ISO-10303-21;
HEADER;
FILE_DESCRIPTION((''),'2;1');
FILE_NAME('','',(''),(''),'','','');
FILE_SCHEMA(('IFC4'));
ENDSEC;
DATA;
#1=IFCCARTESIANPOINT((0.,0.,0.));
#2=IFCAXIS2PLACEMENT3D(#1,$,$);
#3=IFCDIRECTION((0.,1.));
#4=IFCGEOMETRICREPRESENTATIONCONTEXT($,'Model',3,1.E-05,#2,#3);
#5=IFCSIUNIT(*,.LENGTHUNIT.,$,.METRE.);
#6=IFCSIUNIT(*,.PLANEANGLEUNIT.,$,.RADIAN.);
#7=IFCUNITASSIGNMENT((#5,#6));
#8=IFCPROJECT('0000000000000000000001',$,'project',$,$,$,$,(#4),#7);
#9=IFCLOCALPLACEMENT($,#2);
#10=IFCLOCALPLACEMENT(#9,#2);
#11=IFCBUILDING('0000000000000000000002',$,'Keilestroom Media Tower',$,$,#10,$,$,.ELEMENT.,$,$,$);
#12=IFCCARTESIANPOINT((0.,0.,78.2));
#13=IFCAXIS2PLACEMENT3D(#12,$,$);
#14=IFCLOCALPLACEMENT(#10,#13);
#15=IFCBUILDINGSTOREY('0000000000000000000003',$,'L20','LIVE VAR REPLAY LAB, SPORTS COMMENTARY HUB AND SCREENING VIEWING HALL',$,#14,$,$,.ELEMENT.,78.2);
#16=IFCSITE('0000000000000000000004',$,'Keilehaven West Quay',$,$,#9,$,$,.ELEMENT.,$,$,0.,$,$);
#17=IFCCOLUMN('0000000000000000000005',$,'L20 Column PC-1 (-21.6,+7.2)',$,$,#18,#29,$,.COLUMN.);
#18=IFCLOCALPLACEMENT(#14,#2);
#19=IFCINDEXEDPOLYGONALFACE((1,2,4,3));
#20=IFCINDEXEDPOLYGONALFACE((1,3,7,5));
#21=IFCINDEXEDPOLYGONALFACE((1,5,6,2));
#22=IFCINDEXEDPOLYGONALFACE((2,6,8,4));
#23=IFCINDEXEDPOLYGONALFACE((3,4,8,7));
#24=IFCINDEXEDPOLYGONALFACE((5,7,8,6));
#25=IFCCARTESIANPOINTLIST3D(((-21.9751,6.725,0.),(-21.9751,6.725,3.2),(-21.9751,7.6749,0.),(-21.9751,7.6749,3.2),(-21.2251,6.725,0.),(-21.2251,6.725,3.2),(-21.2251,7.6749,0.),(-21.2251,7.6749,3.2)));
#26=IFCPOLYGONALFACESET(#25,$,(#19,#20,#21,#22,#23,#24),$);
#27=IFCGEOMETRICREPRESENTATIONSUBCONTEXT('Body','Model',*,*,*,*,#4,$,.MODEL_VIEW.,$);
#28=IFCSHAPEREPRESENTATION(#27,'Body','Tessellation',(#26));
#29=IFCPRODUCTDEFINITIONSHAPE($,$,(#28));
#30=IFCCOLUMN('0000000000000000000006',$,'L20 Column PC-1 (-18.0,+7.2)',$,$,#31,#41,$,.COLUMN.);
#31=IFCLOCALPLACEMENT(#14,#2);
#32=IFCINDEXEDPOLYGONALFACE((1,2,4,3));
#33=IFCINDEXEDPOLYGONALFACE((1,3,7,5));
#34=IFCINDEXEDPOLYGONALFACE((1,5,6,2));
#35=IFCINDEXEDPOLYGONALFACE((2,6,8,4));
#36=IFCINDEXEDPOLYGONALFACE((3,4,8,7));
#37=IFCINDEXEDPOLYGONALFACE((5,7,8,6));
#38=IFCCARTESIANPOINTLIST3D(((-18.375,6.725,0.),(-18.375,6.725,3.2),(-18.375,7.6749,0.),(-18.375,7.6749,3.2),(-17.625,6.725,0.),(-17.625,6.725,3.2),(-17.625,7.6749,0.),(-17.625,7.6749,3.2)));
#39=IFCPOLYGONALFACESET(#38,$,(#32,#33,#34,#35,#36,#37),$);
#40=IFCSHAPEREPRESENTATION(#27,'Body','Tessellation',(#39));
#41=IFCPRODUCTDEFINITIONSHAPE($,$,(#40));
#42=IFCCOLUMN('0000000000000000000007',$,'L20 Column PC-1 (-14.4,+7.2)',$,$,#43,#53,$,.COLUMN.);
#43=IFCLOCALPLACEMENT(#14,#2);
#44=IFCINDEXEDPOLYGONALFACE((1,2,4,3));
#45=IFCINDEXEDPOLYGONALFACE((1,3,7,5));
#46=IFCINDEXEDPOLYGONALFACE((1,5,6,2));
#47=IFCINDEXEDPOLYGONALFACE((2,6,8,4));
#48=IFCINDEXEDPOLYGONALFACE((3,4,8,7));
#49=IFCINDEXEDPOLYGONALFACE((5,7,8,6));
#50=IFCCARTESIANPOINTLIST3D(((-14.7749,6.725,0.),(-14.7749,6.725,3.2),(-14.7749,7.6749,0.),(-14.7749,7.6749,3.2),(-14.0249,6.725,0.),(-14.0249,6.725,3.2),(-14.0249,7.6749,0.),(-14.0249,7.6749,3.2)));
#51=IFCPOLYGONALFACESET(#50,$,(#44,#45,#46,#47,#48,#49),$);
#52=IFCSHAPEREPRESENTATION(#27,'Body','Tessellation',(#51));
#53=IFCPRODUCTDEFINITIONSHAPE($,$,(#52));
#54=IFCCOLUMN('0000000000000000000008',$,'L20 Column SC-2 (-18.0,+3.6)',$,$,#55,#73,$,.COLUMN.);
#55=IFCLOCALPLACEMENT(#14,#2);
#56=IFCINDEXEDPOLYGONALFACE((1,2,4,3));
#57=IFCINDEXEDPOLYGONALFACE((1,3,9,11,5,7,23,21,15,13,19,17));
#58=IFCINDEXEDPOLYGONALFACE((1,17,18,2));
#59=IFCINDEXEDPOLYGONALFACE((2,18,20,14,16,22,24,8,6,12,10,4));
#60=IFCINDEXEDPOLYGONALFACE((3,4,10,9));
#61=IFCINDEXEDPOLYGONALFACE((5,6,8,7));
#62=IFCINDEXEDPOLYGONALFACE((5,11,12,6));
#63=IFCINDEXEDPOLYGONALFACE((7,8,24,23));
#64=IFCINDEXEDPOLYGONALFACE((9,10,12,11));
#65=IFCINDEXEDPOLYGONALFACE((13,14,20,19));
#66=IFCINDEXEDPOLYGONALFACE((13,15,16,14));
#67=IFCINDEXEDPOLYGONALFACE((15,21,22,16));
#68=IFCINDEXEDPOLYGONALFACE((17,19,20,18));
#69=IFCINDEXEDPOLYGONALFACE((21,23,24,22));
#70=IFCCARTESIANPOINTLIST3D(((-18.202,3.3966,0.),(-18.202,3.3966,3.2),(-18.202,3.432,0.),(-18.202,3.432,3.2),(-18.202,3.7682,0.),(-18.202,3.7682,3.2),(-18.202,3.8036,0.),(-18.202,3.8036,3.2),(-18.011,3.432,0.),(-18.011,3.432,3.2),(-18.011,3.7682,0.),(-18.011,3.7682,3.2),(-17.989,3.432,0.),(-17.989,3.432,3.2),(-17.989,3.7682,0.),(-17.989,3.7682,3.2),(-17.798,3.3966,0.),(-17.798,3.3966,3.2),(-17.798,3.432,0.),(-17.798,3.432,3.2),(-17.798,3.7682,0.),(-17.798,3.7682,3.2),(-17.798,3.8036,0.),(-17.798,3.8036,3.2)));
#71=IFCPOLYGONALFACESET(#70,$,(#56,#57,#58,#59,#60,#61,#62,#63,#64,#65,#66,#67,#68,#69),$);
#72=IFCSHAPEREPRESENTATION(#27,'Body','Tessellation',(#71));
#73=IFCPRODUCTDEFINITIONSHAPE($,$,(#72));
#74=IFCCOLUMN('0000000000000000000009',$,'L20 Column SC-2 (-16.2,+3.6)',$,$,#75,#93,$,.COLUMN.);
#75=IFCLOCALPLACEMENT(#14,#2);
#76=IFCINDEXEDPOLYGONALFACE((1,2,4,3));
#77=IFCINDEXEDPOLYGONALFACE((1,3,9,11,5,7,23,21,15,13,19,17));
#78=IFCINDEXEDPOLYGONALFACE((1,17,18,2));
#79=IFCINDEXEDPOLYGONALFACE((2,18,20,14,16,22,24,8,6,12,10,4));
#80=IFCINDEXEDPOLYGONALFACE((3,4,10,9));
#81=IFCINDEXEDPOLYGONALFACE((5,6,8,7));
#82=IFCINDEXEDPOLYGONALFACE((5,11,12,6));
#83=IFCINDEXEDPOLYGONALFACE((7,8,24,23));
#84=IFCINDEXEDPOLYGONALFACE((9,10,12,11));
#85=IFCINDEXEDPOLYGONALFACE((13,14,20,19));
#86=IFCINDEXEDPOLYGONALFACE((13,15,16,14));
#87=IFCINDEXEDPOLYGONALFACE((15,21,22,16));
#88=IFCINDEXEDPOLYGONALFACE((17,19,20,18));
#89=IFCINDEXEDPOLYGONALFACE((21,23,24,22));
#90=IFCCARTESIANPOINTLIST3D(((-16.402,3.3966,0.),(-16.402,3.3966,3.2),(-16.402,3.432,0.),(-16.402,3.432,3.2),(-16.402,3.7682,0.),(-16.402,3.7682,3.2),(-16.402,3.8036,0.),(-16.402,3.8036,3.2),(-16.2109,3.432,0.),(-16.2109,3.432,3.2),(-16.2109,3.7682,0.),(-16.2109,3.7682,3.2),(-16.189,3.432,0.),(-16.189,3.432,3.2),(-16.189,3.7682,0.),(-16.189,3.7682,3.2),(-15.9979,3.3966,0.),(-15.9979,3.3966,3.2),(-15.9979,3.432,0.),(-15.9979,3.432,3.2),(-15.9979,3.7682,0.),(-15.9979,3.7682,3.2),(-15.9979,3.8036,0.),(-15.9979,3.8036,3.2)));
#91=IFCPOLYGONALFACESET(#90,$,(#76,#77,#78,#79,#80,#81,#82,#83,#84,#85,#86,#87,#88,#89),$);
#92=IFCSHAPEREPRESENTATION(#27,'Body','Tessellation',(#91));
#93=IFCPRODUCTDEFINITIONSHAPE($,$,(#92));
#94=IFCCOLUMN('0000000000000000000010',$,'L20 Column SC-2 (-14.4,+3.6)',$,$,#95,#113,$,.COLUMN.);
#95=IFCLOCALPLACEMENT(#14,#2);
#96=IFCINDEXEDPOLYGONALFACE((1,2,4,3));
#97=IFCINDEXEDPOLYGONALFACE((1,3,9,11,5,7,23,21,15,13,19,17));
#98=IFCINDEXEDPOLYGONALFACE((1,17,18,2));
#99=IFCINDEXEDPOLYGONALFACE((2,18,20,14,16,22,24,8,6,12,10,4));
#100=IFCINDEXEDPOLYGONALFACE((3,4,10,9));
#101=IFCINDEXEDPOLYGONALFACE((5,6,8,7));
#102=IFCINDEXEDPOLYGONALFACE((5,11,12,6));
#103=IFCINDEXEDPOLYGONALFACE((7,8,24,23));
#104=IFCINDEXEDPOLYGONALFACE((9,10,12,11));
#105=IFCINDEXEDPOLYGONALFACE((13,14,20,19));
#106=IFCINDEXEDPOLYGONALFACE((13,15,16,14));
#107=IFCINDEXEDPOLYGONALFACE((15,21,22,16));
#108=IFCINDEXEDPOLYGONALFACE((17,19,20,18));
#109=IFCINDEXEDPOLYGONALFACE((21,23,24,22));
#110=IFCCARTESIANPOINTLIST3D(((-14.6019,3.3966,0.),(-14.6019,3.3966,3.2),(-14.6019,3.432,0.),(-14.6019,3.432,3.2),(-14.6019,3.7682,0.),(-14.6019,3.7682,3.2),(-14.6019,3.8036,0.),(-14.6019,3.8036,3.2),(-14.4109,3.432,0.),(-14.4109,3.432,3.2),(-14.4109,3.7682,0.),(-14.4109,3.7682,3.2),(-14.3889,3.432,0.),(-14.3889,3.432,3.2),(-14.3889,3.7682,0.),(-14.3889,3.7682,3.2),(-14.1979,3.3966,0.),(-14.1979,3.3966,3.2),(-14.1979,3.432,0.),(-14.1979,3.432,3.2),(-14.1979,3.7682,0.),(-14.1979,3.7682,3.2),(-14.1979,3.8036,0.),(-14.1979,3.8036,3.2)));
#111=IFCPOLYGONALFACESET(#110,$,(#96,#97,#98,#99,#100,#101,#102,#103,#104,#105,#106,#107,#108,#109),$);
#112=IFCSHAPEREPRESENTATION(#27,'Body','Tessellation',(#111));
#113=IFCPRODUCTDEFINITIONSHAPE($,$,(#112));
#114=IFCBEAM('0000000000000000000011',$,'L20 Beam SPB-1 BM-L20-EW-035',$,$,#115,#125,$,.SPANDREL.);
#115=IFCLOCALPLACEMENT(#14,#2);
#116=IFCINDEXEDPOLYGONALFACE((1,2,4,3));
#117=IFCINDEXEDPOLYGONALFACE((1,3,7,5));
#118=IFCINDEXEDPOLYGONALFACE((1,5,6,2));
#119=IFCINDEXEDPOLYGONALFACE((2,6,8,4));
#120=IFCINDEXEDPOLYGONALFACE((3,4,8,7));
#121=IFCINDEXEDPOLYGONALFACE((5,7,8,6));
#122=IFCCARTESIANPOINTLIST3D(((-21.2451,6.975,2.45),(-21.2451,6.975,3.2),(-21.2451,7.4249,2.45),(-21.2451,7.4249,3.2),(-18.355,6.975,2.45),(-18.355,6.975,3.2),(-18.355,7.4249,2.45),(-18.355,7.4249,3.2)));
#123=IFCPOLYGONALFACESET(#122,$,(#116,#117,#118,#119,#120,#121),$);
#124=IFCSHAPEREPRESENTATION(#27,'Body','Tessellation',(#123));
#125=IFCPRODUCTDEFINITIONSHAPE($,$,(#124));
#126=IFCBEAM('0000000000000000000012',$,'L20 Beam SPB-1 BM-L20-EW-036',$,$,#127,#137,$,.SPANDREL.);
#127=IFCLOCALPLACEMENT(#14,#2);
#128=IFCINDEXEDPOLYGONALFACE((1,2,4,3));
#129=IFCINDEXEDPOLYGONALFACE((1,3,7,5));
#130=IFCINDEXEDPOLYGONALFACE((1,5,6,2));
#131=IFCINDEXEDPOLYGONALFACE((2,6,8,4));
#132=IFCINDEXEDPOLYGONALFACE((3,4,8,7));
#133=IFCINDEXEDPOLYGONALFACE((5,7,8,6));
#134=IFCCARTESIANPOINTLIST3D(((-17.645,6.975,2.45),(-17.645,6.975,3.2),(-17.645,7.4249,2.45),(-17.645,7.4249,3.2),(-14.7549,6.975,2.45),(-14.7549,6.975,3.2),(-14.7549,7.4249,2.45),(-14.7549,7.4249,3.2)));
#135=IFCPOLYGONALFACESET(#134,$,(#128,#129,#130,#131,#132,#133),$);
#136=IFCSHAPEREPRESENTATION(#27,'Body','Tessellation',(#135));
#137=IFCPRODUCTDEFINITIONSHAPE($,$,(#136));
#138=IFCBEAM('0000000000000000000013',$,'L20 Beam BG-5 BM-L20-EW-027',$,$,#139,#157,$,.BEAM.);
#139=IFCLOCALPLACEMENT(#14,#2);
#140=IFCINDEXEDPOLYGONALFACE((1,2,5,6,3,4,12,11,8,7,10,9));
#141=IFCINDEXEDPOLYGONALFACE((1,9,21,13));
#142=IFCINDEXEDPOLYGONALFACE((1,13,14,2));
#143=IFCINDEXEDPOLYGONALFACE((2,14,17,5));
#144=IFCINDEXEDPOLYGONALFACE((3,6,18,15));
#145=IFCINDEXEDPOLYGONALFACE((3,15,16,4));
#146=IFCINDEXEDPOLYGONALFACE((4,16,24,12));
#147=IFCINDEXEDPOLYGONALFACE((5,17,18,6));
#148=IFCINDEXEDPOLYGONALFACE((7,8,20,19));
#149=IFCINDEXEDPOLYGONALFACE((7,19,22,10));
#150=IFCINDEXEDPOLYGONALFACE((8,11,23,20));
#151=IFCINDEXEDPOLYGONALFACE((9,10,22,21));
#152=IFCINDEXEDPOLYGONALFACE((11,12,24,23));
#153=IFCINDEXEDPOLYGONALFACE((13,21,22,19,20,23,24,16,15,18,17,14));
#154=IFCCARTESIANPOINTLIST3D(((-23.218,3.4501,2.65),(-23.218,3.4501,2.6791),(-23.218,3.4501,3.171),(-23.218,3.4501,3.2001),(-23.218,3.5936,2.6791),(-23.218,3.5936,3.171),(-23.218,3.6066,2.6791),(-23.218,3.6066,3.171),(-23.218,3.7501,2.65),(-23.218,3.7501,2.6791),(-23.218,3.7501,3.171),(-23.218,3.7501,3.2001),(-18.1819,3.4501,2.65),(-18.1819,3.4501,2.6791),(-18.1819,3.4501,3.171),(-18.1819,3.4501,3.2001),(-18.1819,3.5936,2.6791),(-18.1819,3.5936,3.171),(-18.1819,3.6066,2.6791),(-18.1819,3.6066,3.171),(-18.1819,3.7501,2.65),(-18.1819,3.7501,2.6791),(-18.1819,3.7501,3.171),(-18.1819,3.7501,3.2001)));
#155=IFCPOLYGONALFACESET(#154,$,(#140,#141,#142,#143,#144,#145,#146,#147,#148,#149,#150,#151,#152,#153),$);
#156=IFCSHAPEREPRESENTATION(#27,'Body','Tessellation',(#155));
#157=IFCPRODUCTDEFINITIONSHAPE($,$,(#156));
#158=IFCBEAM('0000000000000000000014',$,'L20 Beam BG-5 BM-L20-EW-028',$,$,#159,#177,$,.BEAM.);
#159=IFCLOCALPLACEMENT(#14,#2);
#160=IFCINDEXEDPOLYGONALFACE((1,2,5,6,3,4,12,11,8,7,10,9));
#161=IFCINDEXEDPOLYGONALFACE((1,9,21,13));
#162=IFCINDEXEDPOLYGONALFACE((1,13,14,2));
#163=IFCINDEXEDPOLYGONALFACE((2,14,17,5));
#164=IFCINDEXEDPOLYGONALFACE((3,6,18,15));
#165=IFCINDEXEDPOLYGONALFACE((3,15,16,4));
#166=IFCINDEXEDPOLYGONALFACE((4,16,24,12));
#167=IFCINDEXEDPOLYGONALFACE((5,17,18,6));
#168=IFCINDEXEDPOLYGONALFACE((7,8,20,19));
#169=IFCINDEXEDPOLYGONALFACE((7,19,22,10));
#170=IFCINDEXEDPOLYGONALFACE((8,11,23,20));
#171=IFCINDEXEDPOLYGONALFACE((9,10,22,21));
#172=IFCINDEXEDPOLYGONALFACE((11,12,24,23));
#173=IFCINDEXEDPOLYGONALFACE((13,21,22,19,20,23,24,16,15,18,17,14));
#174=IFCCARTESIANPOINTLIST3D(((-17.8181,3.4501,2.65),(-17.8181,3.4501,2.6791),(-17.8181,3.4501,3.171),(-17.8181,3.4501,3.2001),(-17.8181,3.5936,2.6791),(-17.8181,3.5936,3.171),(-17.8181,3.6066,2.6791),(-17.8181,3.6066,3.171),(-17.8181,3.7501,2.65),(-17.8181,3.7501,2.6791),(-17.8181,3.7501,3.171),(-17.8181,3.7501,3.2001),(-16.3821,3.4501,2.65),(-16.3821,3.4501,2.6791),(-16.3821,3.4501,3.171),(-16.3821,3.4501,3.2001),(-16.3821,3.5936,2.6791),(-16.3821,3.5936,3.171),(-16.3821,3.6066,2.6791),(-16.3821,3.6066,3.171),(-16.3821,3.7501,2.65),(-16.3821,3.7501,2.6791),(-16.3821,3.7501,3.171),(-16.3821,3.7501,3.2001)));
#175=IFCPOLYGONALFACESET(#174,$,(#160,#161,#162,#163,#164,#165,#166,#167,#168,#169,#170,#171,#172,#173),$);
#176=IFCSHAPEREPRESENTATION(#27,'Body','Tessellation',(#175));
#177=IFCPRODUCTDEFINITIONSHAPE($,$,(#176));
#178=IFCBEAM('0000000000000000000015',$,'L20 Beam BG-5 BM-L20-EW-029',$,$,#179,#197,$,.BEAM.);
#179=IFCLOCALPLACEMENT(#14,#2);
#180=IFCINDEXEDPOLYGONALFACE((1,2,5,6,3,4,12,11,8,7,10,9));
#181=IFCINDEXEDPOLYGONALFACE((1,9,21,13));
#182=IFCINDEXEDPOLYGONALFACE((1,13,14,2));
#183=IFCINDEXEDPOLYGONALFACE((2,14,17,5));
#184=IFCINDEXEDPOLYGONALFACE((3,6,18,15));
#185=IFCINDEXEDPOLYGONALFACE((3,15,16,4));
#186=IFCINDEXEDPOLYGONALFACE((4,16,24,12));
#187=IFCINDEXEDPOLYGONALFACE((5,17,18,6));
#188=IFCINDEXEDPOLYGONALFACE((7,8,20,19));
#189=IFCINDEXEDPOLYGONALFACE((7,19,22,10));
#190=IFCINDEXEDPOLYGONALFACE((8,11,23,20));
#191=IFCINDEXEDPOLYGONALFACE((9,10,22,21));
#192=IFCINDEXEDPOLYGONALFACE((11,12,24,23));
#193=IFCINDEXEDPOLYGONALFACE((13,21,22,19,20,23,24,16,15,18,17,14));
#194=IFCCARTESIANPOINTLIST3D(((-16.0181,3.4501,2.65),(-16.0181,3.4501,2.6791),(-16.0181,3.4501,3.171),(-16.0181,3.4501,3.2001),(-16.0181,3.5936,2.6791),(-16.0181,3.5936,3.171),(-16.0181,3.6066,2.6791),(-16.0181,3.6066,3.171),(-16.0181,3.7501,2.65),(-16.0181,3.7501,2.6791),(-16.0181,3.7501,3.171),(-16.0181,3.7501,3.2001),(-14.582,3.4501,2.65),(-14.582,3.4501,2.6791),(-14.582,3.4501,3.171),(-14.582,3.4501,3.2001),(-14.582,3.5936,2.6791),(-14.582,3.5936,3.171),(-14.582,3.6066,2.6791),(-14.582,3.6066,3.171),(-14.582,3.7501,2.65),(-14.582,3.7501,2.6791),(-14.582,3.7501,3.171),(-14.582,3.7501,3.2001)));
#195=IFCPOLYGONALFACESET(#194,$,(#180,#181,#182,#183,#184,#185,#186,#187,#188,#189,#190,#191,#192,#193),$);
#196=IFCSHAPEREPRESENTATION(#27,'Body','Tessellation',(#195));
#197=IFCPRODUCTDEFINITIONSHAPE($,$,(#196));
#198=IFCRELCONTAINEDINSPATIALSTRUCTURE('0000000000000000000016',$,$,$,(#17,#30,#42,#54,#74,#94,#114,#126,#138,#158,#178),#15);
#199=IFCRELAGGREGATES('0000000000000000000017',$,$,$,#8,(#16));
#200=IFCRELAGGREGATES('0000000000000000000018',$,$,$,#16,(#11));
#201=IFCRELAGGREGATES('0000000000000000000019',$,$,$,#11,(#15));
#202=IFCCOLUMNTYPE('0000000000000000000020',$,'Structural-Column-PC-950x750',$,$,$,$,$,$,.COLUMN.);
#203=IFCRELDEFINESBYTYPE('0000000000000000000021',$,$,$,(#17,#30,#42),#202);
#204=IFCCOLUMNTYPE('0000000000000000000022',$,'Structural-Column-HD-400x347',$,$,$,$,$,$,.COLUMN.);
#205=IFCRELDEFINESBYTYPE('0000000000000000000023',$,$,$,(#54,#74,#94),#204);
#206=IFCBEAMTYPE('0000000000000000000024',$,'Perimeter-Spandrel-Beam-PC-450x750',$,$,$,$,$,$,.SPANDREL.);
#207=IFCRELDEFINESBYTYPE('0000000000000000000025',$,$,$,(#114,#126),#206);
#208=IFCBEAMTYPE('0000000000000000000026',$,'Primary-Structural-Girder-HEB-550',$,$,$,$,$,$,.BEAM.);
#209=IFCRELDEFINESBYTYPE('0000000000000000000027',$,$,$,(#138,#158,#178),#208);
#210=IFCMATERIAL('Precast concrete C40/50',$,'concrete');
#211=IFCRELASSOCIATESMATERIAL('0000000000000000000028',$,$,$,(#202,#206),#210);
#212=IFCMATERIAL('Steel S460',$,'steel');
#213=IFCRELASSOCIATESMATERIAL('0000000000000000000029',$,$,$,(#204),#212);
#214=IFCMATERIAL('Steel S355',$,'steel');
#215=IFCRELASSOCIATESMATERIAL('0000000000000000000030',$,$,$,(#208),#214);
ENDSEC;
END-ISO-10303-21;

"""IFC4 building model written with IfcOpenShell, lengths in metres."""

from ifc_helpers import new_model, si_unit, direction, frame, origin, origin_2d, place, context, subcontext, project, spatial, rectangle, i_section, extrude, source, transform, mapped, material, material_profile, profile_set, type_object, element, save


model = new_model("IFC4")

# Units and contexts
model_context = context("Model", 3, precision=1e-05, world=origin(), true_north=direction((0.0, 1.0)))
body_context = subcontext(model_context, "Body", "Model", "MODEL_VIEW")
ifc_project = project(units=[si_unit("LENGTHUNIT", "METRE"), si_unit("PLANEANGLEUNIT", "RADIAN")], contexts=[model_context])

# Site, building, storey
site_placement = place(None, origin())
site = spatial("IfcSite", under=ifc_project, at=site_placement, Name="Keilehaven West Quay", CompositionType="ELEMENT", RefElevation=0.0)
building_placement = place(site_placement, origin())
building = spatial("IfcBuilding", under=site, at=building_placement, Name="Keilestroom Media Tower", CompositionType="ELEMENT")
storey_placement = place(building_placement, frame((0.0, 0.0, 78.2)))
storey = spatial("IfcBuildingStorey", under=building, at=storey_placement, Name="L20", Description="LIVE VAR REPLAY LAB, SPORTS COMMENTARY HUB AND SCREENING VIEWING HALL", CompositionType="ELEMENT", Elevation=78.2)

# Columns
ifc_material_1 = material(Name="Precast concrete C40/50", Category="concrete")
ifc_material_profile_1 = material_profile(ifc_material_1, rectangle(XDim=0.75, YDim=0.95, at=origin_2d()), Name="PC 950x750")
ifc_profile_set_1 = profile_set([ifc_material_profile_1], Name="Precast concrete C40/50")
column_type_1 = type_object("IfcColumnType", Name="Structural-Column-PC-950x750", PredefinedType="COLUMN", material=ifc_profile_set_1)
shared_shape_1 = source(origin(), body_context, "Body", "SweptSolid", [
    extrude(rectangle(XDim=0.75, YDim=0.95, at=origin_2d()), origin(), (0.0, 0.0, 1.0), 3.2),
])
for number, where, z_axis, x_axis, name in (
    (1, (-21.6001, 7.2, 0.0), (0.0, 0.0, 1.0), (1.0, 0.0, 0.0), "L20 Column PC-1 (-21.6,+7.2)"),
    (2, (-18.0, 7.2, 0.0), (0.0, 0.0, 1.0), (1.0, 0.0, 0.0), "L20 Column PC-1 (-18.0,+7.2)"),
    (3, (-14.3999, 7.2, 0.0), (0.0, 0.0, 1.0), (1.0, 0.0, 0.0), "L20 Column PC-1 (-14.4,+7.2)"),
):
    element("IfcColumn", number, at=place(storey_placement, frame(where, z_axis=z_axis, x_axis=x_axis)), inside=storey, type_object=column_type_1, Name=name, PredefinedType="COLUMN", context=body_context, shape_type="MappedRepresentation", body=[
        mapped(shared_shape_1, transform((0.0, 0.0, 0.0), x_axis=(1.0, 0.0, 0.0), y_axis=(0.0, 1.0, 0.0), z_axis=(0.0, 0.0, 1.0), scale=1.0)),
    ])
ifc_material_2 = material(Name="Steel S460", Category="steel")
ifc_material_profile_2 = material_profile(ifc_material_2, i_section(OverallWidth=0.4041, OverallDepth=0.407, WebThickness=0.022, FlangeThickness=0.0354, at=origin_2d()), Name="HD 400x347")
ifc_profile_set_2 = profile_set([ifc_material_profile_2], Name="Steel S460")
column_type_2 = type_object("IfcColumnType", Name="Structural-Column-HD-400x347", PredefinedType="COLUMN", material=ifc_profile_set_2)
shared_shape_2 = source(origin(), body_context, "Body", "SweptSolid", [
    extrude(i_section(OverallWidth=0.4041, OverallDepth=0.407, WebThickness=0.022, FlangeThickness=0.0354, at=origin_2d()), origin(), (0.0, 0.0, 1.0), 3.2),
])
for number, where, z_axis, x_axis, name in (
    (4, (-18.0, 3.6001, 0.0), (0.0, 0.0, 1.0), (1.0, 0.0, 0.0), "L20 Column SC-2 (-18.0,+3.6)"),
    (5, (-16.2, 3.6001, 0.0), (0.0, 0.0, 1.0), (1.0, 0.0, 0.0), "L20 Column SC-2 (-16.2,+3.6)"),
    (6, (-14.3999, 3.6001, 0.0), (0.0, 0.0, 1.0), (1.0, 0.0, 0.0), "L20 Column SC-2 (-14.4,+3.6)"),
):
    element("IfcColumn", number, at=place(storey_placement, frame(where, z_axis=z_axis, x_axis=x_axis)), inside=storey, type_object=column_type_2, Name=name, PredefinedType="COLUMN", context=body_context, shape_type="MappedRepresentation", body=[
        mapped(shared_shape_2, transform((0.0, 0.0, 0.0), x_axis=(1.0, 0.0, 0.0), y_axis=(0.0, 1.0, 0.0), z_axis=(0.0, 0.0, 1.0), scale=1.0)),
    ])

# Beams
ifc_material_profile_3 = material_profile(ifc_material_1, rectangle(XDim=0.45, YDim=0.75, at=origin_2d()), Name="PC 450x750")
ifc_profile_set_3 = profile_set([ifc_material_profile_3], Name="Precast concrete C40/50")
beam_type_1 = type_object("IfcBeamType", Name="Perimeter-Spandrel-Beam-PC-450x750", PredefinedType="SPANDREL", material=ifc_profile_set_3)
shared_shape_3 = source(origin(), body_context, "Body", "SweptSolid", [
    extrude(rectangle(XDim=0.45, YDim=0.75, at=origin_2d()), origin(), (0.0, 0.0, 1.0), 2.8901),
])
for number, where, z_axis, x_axis, name in (
    (7, (-21.2451, 7.2, 2.825), (1.0, 0.0, 0.0), (0.0, 1.0, 0.0), "L20 Beam SPB-1 BM-L20-EW-035"),
    (8, (-17.645, 7.2, 2.825), (1.0, 0.0, 0.0), (0.0, 1.0, 0.0), "L20 Beam SPB-1 BM-L20-EW-036"),
):
    element("IfcBeam", number, at=place(storey_placement, frame(where, z_axis=z_axis, x_axis=x_axis)), inside=storey, type_object=beam_type_1, Name=name, PredefinedType="SPANDREL", context=body_context, shape_type="MappedRepresentation", body=[
        mapped(shared_shape_3, transform((0.0, 0.0, 0.0), x_axis=(1.0, 0.0, 0.0), y_axis=(0.0, 1.0, 0.0), z_axis=(0.0, 0.0, 1.0), scale=1.0)),
    ])
ifc_material_3 = material(Name="Steel S355", Category="steel")
ifc_material_profile_4 = material_profile(ifc_material_3, i_section(OverallWidth=0.3, OverallDepth=0.55, WebThickness=0.0129, FlangeThickness=0.0291, at=origin_2d()), Name="HEB 550")
ifc_profile_set_4 = profile_set([ifc_material_profile_4], Name="Steel S355")
beam_type_2 = type_object("IfcBeamType", Name="Primary-Structural-Girder-HEB-550", PredefinedType="BEAM", material=ifc_profile_set_4)
shared_shape_4 = source(origin(), body_context, "Body", "SweptSolid", [
    extrude(i_section(OverallWidth=0.3, OverallDepth=0.55, WebThickness=0.0129, FlangeThickness=0.0291, at=origin_2d()), origin(), (0.0, 0.0, 1.0), 5.0361),
])
beam_1_placement = place(storey_placement, frame((-23.218, 3.6001, 2.925), z_axis=(1.0, 0.0, 0.0), x_axis=(0.0, 1.0, 0.0)))
element("IfcBeam", 9, at=beam_1_placement, inside=storey, type_object=beam_type_2, Name="L20 Beam BG-5 BM-L20-EW-027", PredefinedType="BEAM", context=body_context, shape_type="MappedRepresentation", body=[
    mapped(shared_shape_4, transform((0.0, 0.0, 0.0), x_axis=(1.0, 0.0, 0.0), y_axis=(0.0, 1.0, 0.0), z_axis=(0.0, 0.0, 1.0), scale=1.0)),
])
shared_shape_5 = source(origin(), body_context, "Body", "SweptSolid", [
    extrude(i_section(OverallWidth=0.3, OverallDepth=0.55, WebThickness=0.0129, FlangeThickness=0.0291, at=origin_2d()), origin(), (0.0, 0.0, 1.0), 1.436),
])
for number, where, z_axis, x_axis, name in (
    (10, (-17.8181, 3.6001, 2.925), (1.0, 0.0, 0.0), (0.0, 1.0, 0.0), "L20 Beam BG-5 BM-L20-EW-028"),
    (11, (-16.0181, 3.6001, 2.925), (1.0, 0.0, 0.0), (0.0, 1.0, 0.0), "L20 Beam BG-5 BM-L20-EW-029"),
):
    element("IfcBeam", number, at=place(storey_placement, frame(where, z_axis=z_axis, x_axis=x_axis)), inside=storey, type_object=beam_type_2, Name=name, PredefinedType="BEAM", context=body_context, shape_type="MappedRepresentation", body=[
        mapped(shared_shape_5, transform((0.0, 0.0, 0.0), x_axis=(1.0, 0.0, 0.0), y_axis=(0.0, 1.0, 0.0), z_axis=(0.0, 0.0, 1.0), scale=1.0)),
    ])

save(model, "model.ifc")
